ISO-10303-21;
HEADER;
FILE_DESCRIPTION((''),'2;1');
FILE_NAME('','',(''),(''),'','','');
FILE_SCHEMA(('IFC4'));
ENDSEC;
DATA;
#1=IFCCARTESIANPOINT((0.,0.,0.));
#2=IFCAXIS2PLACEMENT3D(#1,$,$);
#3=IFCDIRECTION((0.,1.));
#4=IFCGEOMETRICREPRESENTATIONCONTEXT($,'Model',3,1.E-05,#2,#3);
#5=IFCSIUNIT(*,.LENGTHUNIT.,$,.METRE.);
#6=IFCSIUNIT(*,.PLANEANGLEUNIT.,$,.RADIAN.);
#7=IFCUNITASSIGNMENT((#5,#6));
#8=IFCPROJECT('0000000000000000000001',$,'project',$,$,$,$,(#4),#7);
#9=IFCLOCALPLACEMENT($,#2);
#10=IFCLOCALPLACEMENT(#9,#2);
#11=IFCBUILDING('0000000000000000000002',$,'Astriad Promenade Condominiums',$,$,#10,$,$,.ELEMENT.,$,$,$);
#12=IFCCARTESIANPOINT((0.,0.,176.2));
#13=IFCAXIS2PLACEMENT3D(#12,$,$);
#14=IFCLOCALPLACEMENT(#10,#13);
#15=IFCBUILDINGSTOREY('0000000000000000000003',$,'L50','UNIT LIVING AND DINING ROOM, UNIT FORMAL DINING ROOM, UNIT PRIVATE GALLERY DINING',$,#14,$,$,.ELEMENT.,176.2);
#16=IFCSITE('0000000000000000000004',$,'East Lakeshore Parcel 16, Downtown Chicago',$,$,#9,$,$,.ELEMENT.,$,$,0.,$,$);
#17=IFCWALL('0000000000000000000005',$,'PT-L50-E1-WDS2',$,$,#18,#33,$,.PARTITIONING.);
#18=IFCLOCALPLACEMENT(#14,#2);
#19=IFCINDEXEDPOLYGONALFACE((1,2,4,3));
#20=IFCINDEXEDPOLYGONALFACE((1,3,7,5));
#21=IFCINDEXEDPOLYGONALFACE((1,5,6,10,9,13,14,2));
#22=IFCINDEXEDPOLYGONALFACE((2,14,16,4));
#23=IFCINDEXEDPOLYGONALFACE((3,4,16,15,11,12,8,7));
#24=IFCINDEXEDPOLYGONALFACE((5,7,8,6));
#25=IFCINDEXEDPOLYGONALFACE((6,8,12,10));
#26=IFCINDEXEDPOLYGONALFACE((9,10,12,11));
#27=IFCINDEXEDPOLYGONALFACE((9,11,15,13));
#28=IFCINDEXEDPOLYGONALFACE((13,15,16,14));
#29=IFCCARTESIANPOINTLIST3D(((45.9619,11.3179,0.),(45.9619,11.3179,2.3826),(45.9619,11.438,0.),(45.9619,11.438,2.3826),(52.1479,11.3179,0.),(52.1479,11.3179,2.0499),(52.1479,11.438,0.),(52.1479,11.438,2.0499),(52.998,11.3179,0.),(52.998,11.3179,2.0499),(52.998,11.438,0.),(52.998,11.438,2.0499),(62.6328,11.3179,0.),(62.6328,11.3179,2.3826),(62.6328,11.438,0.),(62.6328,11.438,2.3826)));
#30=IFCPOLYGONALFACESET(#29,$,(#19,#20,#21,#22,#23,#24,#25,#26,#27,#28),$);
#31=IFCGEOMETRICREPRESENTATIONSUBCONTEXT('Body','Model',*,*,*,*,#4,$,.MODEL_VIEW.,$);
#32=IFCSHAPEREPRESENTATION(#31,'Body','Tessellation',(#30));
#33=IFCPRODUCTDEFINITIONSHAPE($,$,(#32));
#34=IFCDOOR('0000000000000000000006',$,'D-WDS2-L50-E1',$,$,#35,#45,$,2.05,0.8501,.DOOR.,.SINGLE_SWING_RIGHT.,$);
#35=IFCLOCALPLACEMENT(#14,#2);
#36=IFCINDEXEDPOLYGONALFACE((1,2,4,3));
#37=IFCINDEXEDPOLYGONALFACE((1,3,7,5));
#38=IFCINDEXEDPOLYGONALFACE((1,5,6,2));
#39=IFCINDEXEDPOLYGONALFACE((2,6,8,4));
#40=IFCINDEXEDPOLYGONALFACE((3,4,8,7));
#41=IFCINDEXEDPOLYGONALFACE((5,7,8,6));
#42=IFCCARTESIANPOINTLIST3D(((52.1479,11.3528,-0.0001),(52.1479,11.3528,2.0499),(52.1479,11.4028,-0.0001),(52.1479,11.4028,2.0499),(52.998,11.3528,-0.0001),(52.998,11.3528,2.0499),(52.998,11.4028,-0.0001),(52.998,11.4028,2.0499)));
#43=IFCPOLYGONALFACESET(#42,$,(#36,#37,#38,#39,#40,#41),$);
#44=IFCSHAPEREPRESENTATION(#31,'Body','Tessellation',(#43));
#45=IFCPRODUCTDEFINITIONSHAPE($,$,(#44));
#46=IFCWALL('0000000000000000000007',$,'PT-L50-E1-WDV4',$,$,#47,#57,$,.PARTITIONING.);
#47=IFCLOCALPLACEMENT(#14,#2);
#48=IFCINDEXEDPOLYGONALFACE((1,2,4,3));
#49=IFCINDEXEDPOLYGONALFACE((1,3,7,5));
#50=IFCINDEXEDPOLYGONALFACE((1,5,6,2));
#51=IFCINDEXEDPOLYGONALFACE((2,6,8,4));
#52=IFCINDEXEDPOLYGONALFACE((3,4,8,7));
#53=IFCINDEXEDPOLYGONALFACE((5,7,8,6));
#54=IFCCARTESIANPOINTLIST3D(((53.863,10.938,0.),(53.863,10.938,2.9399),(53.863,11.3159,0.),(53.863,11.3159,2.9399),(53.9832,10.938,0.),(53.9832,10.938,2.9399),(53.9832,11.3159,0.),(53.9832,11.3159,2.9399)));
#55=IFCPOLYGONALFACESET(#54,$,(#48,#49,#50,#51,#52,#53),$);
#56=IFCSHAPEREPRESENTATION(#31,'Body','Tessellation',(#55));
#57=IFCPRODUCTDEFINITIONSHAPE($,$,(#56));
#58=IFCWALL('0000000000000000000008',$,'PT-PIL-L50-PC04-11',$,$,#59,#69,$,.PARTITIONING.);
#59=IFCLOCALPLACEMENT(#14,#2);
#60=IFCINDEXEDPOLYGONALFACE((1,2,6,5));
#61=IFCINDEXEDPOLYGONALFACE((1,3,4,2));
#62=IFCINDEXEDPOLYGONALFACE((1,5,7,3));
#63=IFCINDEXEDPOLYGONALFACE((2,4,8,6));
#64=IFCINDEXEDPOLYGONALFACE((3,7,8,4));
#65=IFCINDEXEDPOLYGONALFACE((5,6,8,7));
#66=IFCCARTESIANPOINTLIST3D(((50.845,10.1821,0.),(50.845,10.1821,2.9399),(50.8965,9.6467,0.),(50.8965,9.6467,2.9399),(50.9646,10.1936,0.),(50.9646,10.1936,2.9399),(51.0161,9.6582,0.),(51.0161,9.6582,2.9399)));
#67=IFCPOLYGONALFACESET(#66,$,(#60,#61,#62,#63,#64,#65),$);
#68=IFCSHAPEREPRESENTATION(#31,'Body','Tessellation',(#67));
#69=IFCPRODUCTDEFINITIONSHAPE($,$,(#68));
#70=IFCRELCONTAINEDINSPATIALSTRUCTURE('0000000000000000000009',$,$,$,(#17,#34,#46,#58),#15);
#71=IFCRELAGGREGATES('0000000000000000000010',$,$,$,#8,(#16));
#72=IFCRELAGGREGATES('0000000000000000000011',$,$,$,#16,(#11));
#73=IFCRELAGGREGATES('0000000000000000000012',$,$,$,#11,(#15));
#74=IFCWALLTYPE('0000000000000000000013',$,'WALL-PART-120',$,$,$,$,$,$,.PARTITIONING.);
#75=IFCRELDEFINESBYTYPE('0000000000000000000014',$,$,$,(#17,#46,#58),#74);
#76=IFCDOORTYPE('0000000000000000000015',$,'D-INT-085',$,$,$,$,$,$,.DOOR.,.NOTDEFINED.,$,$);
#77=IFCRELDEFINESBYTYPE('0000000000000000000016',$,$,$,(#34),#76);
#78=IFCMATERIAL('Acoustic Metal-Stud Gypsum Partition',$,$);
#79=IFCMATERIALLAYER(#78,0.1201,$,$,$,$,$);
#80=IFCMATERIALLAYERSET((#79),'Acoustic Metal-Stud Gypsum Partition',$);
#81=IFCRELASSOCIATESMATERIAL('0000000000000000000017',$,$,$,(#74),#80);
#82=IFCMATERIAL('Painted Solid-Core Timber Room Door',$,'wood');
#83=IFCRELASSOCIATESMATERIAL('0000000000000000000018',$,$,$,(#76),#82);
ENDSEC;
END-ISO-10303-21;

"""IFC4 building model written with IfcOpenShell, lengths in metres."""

from ifc_helpers import new_model, si_unit, direction, frame, frame_2d, origin, place, context, subcontext, project, spatial, rectangle, extrude, source, transform, mapped, material, layer, layer_set, type_object, type_shapes, element, fill, save


model = new_model("IFC4")

# Units and contexts
model_context = context("Model", 3, precision=1e-05, world=origin(), true_north=direction((0.0, 1.0)))
body_context = subcontext(model_context, "Body", "Model", "MODEL_VIEW")
ifc_project = project(units=[si_unit("LENGTHUNIT", "METRE"), si_unit("PLANEANGLEUNIT", "RADIAN")], contexts=[model_context])

# Site, building, storey
site_placement = place(None, origin())
site = spatial("IfcSite", under=ifc_project, at=site_placement, Name="East Lakeshore Parcel 16, Downtown Chicago", CompositionType="ELEMENT", RefElevation=0.0)
building_placement = place(site_placement, origin())
building = spatial("IfcBuilding", under=site, at=building_placement, Name="Astriad Promenade Condominiums", CompositionType="ELEMENT")
storey_placement = place(building_placement, frame((0.0, 0.0, 176.2)))
storey = spatial("IfcBuildingStorey", under=building, at=storey_placement, Name="L50", Description="UNIT LIVING AND DINING ROOM, UNIT FORMAL DINING ROOM, UNIT PRIVATE GALLERY DINING", CompositionType="ELEMENT", Elevation=176.2)

# Shared definitions
ifc_material_1 = material(Name="Acoustic Metal-Stud Gypsum Partition")
ifc_layer = layer(ifc_material_1, 0.1201)
ifc_layer_set = layer_set([ifc_layer], Name="Acoustic Metal-Stud Gypsum Partition")
wall_type = type_object("IfcWallType", Name="WALL-PART-120", PredefinedType="PARTITIONING", material=ifc_layer_set)
ifc_material_2 = material(Name="Painted Solid-Core Timber Room Door", Category="wood")
door_type_1 = type_object("IfcDoorType", Name="D-INT-085", OperationType="NOTDEFINED", PredefinedType="DOOR", material=ifc_material_2)
shared_shape_1 = source(origin(), body_context, "Body", "SweptSolid", [
    extrude(rectangle(XDim=0.8501, YDim=2.05, at=frame_2d((0.425, 1.0249))), frame((0.0, 0.0249, 0.0), z_axis=(0.0, -1.0, 0.0), x_axis=(1.0, 0.0, 0.0)), (0.0, 0.0, 1.0), 0.05),
])
type_shapes(door_type_1, [shared_shape_1])

# Wall, opening, door
wall_1_placement = place(storey_placement, frame((45.9619, 11.3779, 0.0), z_axis=(0.0, 0.0, 1.0), x_axis=(1.0, 0.0, 0.0)))
wall_1 = element("IfcWall", 1, at=wall_1_placement, inside=storey, type_object=wall_type, Name="PT-L50-E1-WDS2", PredefinedType="PARTITIONING", context=body_context, shape_type="SweptSolid", body=[
    extrude(rectangle(XDim=16.6709, YDim=0.1201, at=frame_2d((8.3354, 0.0))), origin(), (0.0, 0.0, 1.0), 2.3826),
])
opening_1_placement = place(wall_1_placement, frame((6.186, 0.0, 0.0)))
opening_1 = element("IfcOpeningElement", 2, at=opening_1_placement, cuts=wall_1, PredefinedType="OPENING", context=body_context, shape_type="SweptSolid", body=[
    extrude(rectangle(XDim=0.8501, YDim=2.05, at=frame_2d((0.425, 1.0249))), frame((0.0, 0.0701, 0.0), z_axis=(0.0, -1.0, 0.0), x_axis=(1.0, 0.0, 0.0)), (0.0, 0.0, 1.0), 0.1401),
])
door_1_placement = place(opening_1_placement, origin())
door_1 = element("IfcDoor", 3, at=door_1_placement, inside=storey, type_object=door_type_1, Name="D-WDS2-L50-E1", OperationType="SINGLE_SWING_RIGHT", OverallHeight=2.05, OverallWidth=0.8501, PredefinedType="DOOR", context=body_context, shape_type="MappedRepresentation", body=[
    mapped(shared_shape_1, transform((0.0, 0.0, 0.0), scale=1.0)),
])
fill(opening_1, door_1)

# Walls
wall_2_placement = place(storey_placement, frame((53.9231, 10.938, 0.0), z_axis=(0.0, 0.0, 1.0), x_axis=(0.0, 1.0, 0.0)))
element("IfcWall", 4, at=wall_2_placement, inside=storey, type_object=wall_type, Name="PT-L50-E1-WDV4", PredefinedType="PARTITIONING", context=body_context, shape_type="SweptSolid", body=[
    extrude(rectangle(XDim=0.3779, YDim=0.1201, at=frame_2d((0.189, 0.0))), origin(), (0.0, 0.0, 1.0), 2.9399),
])
wall_3_placement = place(storey_placement, frame((50.9048, 10.188, 0.0), z_axis=(0.0, 0.0, 1.0), x_axis=(0.095773, -0.995403, 0.0)))
element("IfcWall", 5, at=wall_3_placement, inside=storey, type_object=wall_type, Name="PT-PIL-L50-PC04-11", PredefinedType="PARTITIONING", context=body_context, shape_type="SweptSolid", body=[
    extrude(rectangle(XDim=0.5378, YDim=0.1201, at=frame_2d((0.269, 0.0))), origin(), (0.0, 0.0, 1.0), 2.9399),
])

save(model, "model.ifc")
